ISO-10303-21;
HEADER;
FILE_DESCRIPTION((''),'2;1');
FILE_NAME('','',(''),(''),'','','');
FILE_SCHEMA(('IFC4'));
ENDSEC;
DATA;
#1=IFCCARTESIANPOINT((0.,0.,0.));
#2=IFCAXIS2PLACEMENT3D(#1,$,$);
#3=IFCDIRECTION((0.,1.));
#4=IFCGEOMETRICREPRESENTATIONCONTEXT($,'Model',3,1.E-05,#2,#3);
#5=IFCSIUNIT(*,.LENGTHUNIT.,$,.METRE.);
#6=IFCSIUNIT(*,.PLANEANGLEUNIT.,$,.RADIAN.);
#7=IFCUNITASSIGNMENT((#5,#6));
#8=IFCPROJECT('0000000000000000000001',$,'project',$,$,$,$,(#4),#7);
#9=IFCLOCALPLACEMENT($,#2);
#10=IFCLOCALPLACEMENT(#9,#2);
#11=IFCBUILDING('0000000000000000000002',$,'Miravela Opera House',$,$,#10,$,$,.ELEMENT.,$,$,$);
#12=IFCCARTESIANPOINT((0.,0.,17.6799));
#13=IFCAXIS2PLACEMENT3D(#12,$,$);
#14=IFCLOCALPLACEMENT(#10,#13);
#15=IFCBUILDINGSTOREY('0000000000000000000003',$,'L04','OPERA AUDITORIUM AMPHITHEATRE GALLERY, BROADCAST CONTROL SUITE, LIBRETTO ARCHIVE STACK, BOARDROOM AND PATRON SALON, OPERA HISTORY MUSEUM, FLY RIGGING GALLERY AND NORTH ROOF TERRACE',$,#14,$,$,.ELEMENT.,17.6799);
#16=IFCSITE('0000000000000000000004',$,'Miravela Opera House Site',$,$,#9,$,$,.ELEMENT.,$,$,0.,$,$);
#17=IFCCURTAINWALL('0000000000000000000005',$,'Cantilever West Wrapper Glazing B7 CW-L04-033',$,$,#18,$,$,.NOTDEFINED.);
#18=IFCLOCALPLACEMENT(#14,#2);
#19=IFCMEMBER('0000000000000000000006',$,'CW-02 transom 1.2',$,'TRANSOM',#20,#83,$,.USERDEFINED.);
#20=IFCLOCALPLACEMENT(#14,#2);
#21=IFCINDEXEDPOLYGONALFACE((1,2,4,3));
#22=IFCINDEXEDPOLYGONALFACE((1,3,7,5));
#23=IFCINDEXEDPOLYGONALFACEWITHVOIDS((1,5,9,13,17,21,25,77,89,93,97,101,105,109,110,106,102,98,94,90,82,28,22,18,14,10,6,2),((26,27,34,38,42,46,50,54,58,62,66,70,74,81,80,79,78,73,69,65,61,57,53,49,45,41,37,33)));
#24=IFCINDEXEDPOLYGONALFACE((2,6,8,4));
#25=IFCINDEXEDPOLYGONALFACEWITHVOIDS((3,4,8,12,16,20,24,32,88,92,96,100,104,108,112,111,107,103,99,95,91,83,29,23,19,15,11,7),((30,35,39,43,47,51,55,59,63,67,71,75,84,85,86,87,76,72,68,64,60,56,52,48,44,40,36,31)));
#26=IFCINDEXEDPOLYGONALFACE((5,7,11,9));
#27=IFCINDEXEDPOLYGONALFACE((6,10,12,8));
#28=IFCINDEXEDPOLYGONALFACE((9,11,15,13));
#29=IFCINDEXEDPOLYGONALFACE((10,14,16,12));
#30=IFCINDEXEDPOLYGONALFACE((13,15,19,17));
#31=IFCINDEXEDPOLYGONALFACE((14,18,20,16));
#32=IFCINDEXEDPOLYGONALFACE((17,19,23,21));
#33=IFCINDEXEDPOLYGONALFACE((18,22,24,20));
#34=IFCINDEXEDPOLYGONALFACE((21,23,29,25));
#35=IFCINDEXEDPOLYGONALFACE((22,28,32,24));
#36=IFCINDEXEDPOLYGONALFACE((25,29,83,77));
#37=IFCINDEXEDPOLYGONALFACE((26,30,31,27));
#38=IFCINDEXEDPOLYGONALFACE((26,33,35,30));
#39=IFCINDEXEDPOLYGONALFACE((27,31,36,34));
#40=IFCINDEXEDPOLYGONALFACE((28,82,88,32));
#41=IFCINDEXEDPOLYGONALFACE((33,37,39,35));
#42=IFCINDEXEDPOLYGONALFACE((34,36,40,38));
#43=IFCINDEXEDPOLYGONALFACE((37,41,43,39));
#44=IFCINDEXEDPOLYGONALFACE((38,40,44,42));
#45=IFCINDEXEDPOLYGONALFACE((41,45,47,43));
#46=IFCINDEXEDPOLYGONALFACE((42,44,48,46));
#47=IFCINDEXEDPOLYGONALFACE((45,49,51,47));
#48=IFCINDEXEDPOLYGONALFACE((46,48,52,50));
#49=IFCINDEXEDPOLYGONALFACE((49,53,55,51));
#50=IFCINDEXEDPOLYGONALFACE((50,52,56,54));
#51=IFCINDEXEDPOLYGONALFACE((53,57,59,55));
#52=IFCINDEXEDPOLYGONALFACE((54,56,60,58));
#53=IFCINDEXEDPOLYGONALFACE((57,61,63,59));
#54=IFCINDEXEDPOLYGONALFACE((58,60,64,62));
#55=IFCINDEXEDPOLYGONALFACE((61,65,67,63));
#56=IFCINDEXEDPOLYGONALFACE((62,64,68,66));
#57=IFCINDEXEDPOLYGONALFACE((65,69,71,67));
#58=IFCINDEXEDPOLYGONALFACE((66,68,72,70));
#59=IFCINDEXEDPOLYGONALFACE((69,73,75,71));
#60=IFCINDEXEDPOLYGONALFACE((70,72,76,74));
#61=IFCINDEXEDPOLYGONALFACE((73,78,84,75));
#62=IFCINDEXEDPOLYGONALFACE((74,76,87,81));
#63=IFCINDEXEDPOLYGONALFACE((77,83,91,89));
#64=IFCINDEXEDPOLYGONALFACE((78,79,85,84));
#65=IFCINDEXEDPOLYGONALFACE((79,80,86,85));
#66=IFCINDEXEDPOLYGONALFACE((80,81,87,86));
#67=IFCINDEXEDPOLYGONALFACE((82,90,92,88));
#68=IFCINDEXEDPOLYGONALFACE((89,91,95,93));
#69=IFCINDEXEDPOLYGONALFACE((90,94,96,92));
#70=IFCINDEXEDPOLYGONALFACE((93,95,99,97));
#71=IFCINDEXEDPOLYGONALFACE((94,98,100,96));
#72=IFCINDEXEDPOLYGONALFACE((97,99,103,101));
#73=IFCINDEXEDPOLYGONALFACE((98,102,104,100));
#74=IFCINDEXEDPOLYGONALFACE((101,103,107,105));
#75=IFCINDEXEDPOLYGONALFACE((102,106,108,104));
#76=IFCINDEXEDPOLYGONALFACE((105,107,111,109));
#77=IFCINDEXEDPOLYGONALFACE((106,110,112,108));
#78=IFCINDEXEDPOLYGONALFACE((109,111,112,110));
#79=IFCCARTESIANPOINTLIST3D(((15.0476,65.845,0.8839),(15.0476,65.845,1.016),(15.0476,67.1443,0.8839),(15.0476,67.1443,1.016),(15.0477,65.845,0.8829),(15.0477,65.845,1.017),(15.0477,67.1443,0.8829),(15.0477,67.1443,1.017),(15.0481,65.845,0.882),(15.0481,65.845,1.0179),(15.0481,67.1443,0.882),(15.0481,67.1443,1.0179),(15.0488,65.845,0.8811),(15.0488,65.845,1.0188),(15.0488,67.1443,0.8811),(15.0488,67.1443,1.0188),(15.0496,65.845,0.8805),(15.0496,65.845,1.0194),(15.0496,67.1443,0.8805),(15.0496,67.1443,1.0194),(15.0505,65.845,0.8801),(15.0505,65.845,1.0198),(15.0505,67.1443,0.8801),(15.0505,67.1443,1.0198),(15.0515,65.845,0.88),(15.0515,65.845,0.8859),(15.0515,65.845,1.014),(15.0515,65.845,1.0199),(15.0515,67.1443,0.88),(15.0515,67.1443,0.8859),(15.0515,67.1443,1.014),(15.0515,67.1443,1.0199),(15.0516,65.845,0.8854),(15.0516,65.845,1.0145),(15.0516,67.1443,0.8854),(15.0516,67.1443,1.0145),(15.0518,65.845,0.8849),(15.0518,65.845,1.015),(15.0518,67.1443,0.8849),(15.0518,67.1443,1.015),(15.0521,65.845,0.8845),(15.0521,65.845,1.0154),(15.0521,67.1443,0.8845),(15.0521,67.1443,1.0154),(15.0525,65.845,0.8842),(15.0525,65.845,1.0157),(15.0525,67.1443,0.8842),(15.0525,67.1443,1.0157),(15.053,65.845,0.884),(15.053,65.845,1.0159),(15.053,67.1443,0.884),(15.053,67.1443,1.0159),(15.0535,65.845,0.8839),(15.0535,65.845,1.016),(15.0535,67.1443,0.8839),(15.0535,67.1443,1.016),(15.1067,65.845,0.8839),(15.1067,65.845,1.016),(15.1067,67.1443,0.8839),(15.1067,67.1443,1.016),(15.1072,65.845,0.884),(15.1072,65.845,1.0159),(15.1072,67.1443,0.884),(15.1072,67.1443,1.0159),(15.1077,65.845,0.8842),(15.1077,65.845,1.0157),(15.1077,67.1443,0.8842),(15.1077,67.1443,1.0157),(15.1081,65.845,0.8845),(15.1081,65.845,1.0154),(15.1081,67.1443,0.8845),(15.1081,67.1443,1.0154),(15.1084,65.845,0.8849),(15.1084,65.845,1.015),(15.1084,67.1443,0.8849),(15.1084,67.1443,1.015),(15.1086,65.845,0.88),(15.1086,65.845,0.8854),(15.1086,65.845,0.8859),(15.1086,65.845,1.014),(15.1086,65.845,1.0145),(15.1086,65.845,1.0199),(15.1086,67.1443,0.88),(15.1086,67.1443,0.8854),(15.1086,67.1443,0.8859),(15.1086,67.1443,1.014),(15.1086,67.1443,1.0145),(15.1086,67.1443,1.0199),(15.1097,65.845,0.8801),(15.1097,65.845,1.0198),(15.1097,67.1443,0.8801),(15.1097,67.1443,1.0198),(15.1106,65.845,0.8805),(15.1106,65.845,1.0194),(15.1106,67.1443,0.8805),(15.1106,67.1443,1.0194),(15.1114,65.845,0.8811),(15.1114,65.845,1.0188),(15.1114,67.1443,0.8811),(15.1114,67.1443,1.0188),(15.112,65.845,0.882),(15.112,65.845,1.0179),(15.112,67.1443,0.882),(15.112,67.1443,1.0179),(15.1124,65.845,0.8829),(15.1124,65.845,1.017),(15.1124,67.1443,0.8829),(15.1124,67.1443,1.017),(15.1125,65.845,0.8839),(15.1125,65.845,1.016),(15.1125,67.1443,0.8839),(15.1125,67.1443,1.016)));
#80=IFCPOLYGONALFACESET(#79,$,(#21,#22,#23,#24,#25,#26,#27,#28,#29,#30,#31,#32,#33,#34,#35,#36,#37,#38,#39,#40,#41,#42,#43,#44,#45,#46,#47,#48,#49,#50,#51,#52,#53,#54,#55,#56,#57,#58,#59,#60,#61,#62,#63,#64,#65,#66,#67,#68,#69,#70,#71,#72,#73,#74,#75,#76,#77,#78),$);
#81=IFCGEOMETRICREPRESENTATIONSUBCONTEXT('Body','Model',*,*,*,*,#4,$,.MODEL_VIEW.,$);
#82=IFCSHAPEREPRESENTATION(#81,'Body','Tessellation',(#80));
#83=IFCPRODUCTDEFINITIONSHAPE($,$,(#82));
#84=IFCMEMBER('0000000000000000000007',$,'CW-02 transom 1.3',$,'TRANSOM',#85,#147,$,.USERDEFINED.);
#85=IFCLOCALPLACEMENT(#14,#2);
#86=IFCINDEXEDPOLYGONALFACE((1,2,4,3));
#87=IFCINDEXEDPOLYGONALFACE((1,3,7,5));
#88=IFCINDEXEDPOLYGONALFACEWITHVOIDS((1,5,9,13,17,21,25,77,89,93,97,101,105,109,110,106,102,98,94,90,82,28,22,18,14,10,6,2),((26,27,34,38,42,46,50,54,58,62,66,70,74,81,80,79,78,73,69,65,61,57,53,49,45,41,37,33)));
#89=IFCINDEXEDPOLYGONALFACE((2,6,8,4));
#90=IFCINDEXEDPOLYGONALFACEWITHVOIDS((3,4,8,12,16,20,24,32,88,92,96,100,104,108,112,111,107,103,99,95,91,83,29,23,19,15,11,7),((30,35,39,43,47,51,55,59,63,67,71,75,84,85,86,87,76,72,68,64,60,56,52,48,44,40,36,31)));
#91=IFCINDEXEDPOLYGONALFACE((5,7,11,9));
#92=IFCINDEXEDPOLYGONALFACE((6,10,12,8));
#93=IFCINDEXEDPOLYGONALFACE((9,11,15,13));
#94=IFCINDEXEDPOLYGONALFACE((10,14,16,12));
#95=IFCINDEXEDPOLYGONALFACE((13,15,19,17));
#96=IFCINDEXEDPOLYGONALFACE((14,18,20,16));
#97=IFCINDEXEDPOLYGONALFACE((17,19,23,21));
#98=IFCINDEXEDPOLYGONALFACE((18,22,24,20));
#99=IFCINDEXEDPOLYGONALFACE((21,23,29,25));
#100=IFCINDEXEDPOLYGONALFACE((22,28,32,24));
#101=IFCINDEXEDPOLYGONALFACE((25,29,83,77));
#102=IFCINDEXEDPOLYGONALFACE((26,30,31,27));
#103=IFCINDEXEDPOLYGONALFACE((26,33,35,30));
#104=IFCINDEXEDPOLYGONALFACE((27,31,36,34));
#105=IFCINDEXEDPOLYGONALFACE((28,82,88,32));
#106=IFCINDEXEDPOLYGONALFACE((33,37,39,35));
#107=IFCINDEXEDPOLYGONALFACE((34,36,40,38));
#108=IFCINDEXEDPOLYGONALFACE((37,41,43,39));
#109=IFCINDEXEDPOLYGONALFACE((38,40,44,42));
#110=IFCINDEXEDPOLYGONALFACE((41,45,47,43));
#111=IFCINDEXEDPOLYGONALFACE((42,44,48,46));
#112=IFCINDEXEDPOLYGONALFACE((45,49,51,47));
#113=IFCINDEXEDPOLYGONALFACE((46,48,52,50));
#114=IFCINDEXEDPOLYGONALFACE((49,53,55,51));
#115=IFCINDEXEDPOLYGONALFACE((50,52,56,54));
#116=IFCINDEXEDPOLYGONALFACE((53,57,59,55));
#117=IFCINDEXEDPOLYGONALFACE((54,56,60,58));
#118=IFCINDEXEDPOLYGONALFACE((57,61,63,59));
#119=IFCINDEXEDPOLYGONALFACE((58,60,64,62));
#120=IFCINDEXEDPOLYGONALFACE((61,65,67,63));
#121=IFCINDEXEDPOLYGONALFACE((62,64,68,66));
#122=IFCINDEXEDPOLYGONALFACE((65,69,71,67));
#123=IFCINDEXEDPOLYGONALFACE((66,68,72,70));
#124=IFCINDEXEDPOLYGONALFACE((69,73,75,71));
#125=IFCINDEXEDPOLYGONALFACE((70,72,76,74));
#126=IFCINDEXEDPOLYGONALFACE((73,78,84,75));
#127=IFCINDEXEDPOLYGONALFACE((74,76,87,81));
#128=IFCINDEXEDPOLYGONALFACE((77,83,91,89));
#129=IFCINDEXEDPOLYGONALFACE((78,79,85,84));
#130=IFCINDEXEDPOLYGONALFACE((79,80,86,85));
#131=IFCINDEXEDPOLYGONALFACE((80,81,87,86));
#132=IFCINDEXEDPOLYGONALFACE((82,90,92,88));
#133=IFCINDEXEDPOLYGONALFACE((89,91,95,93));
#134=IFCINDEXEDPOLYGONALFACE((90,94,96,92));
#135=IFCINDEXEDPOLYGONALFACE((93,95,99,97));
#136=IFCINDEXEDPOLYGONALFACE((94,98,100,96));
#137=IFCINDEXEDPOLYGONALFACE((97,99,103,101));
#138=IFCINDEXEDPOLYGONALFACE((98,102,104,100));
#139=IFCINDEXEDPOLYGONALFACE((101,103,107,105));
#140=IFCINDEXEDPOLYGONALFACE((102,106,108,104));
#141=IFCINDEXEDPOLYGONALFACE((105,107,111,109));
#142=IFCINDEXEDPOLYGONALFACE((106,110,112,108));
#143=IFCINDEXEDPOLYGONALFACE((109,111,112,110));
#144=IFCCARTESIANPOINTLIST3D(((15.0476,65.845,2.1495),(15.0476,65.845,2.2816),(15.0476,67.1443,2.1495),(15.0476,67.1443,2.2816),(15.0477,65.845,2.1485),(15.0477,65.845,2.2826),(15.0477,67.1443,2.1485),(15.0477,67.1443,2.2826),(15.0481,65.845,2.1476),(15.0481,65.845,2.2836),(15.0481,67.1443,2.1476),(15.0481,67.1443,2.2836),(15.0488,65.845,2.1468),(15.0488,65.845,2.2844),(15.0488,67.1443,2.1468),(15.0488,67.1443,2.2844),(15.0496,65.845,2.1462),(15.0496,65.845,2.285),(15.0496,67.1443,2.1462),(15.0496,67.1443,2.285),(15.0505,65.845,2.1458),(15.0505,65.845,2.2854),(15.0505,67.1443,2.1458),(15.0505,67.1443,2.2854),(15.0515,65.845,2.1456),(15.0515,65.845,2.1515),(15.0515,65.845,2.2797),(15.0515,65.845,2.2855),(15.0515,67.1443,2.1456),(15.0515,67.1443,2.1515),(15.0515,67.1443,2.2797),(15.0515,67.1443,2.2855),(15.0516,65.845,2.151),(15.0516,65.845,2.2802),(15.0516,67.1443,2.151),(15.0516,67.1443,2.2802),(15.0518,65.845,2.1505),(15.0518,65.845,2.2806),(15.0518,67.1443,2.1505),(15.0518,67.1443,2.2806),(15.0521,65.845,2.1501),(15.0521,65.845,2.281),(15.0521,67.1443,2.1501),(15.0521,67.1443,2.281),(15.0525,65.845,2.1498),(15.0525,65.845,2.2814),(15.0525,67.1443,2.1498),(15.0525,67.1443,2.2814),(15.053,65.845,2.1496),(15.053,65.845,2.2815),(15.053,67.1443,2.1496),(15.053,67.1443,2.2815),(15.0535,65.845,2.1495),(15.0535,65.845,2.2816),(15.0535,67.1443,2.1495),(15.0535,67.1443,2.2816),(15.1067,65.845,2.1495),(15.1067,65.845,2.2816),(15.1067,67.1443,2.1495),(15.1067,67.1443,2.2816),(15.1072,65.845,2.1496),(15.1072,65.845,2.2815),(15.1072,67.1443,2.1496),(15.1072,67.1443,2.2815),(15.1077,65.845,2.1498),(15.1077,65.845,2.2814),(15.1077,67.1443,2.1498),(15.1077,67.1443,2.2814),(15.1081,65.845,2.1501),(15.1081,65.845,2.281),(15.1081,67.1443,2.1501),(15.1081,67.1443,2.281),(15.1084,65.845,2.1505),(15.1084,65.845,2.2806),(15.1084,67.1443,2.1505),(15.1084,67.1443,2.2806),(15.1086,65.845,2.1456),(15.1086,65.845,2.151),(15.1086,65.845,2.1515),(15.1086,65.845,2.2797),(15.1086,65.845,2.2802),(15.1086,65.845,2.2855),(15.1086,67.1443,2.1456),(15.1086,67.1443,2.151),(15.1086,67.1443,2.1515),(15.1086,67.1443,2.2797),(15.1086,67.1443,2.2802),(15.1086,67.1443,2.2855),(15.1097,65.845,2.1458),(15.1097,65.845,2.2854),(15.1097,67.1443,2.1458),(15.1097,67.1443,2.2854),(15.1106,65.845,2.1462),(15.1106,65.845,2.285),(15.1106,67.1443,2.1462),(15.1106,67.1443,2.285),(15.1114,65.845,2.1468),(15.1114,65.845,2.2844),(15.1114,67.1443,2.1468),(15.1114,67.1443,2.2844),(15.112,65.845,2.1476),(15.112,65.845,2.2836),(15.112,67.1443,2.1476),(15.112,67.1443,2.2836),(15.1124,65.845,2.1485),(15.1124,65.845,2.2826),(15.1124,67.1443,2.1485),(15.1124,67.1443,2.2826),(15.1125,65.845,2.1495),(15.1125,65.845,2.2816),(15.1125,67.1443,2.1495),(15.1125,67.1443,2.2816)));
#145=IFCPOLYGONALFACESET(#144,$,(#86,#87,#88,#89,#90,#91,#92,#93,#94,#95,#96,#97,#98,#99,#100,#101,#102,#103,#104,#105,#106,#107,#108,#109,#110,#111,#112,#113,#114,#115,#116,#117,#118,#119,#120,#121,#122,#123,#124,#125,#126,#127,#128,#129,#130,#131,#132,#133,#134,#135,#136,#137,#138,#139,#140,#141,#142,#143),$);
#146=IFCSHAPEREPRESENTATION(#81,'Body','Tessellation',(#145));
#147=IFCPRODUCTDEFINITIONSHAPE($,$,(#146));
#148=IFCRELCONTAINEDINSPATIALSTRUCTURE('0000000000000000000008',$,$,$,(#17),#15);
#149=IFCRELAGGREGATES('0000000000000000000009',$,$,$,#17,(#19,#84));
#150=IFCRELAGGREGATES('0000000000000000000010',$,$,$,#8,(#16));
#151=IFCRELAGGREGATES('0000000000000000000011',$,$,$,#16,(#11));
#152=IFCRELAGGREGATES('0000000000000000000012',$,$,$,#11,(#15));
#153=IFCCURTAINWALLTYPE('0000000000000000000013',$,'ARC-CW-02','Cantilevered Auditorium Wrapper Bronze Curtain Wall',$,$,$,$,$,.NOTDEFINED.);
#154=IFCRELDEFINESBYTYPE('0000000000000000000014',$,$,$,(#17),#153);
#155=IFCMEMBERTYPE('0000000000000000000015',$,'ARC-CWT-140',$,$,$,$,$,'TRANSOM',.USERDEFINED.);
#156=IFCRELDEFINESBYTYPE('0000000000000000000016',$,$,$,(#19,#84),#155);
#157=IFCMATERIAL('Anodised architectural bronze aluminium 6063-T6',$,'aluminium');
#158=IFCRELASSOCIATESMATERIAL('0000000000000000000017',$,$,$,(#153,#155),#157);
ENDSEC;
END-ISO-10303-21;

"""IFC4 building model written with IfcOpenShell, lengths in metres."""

from ifc_helpers import new_model, si_unit, direction, frame, origin, origin_2d, place, context, subcontext, project, spatial, hollow_rectangle, extrude, material, material_profile, profile_set, type_object, element, aggregate, save


model = new_model("IFC4")

# Units and contexts
model_context = context("Model", 3, precision=1e-05, world=origin(), true_north=direction((0.0, 1.0)))
body_context = subcontext(model_context, "Body", "Model", "MODEL_VIEW")
ifc_project = project(units=[si_unit("LENGTHUNIT", "METRE"), si_unit("PLANEANGLEUNIT", "RADIAN")], contexts=[model_context])

# Site, building, storey
site_placement = place(None, origin())
site = spatial("IfcSite", under=ifc_project, at=site_placement, Name="Miravela Opera House Site", CompositionType="ELEMENT", RefElevation=0.0)
building_placement = place(site_placement, origin())
building = spatial("IfcBuilding", under=site, at=building_placement, Name="Miravela Opera House", CompositionType="ELEMENT")
storey_placement = place(building_placement, frame((0.0, 0.0, 17.6799)))
storey = spatial("IfcBuildingStorey", under=building, at=storey_placement, Name="L04", Description="OPERA AUDITORIUM AMPHITHEATRE GALLERY, BROADCAST CONTROL SUITE, LIBRETTO ARCHIVE STACK, BOARDROOM AND PATRON SALON, OPERA HISTORY MUSEUM, FLY RIGGING GALLERY AND NORTH ROOF TERRACE", CompositionType="ELEMENT", Elevation=17.6799)

# Shared definitions
ifc_material_1 = material(Name="Anodised architectural bronze aluminium 6063-T6", Category="aluminium")
curtain_wall_type = type_object("IfcCurtainWallType", Name="ARC-CW-02", Description="Cantilevered Auditorium Wrapper Bronze Curtain Wall", PredefinedType="NOTDEFINED", material=ifc_material_1)

# Curtain wall
curtain_wall_1_placement = place(storey_placement, origin())
curtain_wall_1 = element("IfcCurtainWall", 1, at=curtain_wall_1_placement, inside=storey, type_object=curtain_wall_type, Name="Cantilever West Wrapper Glazing B7 CW-L04-033", PredefinedType="NOTDEFINED")

# Members
ifc_material_profile_1 = material_profile(ifc_material_1, hollow_rectangle(XDim=0.0649, YDim=0.1399, WallThickness=0.0039, InnerFilletRadius=0.002, OuterFilletRadius=0.0039, at=origin_2d()), Name="CWT-65X140")
ifc_profile_set_1 = profile_set([ifc_material_profile_1])
member_type_1 = type_object("IfcMemberType", Name="ARC-CWT-140", ElementType="TRANSOM", PredefinedType="USERDEFINED", material=ifc_profile_set_1)
member_1_placement = place(storey_placement, frame((15.0801, 65.845, 0.95), z_axis=(0.0, 1.0, 0.0), x_axis=(-1.0, 0.0, 0.0)))
member_1 = element("IfcMember", 2, at=member_1_placement, type_object=member_type_1, Name="CW-02 transom 1.2", ObjectType="TRANSOM", PredefinedType="USERDEFINED", context=body_context, shape_type="SweptSolid", body=[
    extrude(hollow_rectangle(XDim=0.0649, YDim=0.1399, WallThickness=0.0039, InnerFilletRadius=0.002, OuterFilletRadius=0.0039, at=origin_2d()), origin(), (0.0, 0.0, 1.0), 1.2993),
])
member_2_placement = place(storey_placement, frame((15.0801, 65.845, 2.2156), z_axis=(0.0, 1.0, 0.0), x_axis=(-1.0, 0.0, 0.0)))
member_2 = element("IfcMember", 3, at=member_2_placement, type_object=member_type_1, Name="CW-02 transom 1.3", ObjectType="TRANSOM", PredefinedType="USERDEFINED", context=body_context, shape_type="SweptSolid", body=[
    extrude(hollow_rectangle(XDim=0.0649, YDim=0.1399, WallThickness=0.0039, InnerFilletRadius=0.002, OuterFilletRadius=0.0039, at=origin_2d()), origin(), (0.0, 0.0, 1.0), 1.2993),
])

aggregate(curtain_wall_1, [member_1, member_2])

save(model, "model.ifc")
